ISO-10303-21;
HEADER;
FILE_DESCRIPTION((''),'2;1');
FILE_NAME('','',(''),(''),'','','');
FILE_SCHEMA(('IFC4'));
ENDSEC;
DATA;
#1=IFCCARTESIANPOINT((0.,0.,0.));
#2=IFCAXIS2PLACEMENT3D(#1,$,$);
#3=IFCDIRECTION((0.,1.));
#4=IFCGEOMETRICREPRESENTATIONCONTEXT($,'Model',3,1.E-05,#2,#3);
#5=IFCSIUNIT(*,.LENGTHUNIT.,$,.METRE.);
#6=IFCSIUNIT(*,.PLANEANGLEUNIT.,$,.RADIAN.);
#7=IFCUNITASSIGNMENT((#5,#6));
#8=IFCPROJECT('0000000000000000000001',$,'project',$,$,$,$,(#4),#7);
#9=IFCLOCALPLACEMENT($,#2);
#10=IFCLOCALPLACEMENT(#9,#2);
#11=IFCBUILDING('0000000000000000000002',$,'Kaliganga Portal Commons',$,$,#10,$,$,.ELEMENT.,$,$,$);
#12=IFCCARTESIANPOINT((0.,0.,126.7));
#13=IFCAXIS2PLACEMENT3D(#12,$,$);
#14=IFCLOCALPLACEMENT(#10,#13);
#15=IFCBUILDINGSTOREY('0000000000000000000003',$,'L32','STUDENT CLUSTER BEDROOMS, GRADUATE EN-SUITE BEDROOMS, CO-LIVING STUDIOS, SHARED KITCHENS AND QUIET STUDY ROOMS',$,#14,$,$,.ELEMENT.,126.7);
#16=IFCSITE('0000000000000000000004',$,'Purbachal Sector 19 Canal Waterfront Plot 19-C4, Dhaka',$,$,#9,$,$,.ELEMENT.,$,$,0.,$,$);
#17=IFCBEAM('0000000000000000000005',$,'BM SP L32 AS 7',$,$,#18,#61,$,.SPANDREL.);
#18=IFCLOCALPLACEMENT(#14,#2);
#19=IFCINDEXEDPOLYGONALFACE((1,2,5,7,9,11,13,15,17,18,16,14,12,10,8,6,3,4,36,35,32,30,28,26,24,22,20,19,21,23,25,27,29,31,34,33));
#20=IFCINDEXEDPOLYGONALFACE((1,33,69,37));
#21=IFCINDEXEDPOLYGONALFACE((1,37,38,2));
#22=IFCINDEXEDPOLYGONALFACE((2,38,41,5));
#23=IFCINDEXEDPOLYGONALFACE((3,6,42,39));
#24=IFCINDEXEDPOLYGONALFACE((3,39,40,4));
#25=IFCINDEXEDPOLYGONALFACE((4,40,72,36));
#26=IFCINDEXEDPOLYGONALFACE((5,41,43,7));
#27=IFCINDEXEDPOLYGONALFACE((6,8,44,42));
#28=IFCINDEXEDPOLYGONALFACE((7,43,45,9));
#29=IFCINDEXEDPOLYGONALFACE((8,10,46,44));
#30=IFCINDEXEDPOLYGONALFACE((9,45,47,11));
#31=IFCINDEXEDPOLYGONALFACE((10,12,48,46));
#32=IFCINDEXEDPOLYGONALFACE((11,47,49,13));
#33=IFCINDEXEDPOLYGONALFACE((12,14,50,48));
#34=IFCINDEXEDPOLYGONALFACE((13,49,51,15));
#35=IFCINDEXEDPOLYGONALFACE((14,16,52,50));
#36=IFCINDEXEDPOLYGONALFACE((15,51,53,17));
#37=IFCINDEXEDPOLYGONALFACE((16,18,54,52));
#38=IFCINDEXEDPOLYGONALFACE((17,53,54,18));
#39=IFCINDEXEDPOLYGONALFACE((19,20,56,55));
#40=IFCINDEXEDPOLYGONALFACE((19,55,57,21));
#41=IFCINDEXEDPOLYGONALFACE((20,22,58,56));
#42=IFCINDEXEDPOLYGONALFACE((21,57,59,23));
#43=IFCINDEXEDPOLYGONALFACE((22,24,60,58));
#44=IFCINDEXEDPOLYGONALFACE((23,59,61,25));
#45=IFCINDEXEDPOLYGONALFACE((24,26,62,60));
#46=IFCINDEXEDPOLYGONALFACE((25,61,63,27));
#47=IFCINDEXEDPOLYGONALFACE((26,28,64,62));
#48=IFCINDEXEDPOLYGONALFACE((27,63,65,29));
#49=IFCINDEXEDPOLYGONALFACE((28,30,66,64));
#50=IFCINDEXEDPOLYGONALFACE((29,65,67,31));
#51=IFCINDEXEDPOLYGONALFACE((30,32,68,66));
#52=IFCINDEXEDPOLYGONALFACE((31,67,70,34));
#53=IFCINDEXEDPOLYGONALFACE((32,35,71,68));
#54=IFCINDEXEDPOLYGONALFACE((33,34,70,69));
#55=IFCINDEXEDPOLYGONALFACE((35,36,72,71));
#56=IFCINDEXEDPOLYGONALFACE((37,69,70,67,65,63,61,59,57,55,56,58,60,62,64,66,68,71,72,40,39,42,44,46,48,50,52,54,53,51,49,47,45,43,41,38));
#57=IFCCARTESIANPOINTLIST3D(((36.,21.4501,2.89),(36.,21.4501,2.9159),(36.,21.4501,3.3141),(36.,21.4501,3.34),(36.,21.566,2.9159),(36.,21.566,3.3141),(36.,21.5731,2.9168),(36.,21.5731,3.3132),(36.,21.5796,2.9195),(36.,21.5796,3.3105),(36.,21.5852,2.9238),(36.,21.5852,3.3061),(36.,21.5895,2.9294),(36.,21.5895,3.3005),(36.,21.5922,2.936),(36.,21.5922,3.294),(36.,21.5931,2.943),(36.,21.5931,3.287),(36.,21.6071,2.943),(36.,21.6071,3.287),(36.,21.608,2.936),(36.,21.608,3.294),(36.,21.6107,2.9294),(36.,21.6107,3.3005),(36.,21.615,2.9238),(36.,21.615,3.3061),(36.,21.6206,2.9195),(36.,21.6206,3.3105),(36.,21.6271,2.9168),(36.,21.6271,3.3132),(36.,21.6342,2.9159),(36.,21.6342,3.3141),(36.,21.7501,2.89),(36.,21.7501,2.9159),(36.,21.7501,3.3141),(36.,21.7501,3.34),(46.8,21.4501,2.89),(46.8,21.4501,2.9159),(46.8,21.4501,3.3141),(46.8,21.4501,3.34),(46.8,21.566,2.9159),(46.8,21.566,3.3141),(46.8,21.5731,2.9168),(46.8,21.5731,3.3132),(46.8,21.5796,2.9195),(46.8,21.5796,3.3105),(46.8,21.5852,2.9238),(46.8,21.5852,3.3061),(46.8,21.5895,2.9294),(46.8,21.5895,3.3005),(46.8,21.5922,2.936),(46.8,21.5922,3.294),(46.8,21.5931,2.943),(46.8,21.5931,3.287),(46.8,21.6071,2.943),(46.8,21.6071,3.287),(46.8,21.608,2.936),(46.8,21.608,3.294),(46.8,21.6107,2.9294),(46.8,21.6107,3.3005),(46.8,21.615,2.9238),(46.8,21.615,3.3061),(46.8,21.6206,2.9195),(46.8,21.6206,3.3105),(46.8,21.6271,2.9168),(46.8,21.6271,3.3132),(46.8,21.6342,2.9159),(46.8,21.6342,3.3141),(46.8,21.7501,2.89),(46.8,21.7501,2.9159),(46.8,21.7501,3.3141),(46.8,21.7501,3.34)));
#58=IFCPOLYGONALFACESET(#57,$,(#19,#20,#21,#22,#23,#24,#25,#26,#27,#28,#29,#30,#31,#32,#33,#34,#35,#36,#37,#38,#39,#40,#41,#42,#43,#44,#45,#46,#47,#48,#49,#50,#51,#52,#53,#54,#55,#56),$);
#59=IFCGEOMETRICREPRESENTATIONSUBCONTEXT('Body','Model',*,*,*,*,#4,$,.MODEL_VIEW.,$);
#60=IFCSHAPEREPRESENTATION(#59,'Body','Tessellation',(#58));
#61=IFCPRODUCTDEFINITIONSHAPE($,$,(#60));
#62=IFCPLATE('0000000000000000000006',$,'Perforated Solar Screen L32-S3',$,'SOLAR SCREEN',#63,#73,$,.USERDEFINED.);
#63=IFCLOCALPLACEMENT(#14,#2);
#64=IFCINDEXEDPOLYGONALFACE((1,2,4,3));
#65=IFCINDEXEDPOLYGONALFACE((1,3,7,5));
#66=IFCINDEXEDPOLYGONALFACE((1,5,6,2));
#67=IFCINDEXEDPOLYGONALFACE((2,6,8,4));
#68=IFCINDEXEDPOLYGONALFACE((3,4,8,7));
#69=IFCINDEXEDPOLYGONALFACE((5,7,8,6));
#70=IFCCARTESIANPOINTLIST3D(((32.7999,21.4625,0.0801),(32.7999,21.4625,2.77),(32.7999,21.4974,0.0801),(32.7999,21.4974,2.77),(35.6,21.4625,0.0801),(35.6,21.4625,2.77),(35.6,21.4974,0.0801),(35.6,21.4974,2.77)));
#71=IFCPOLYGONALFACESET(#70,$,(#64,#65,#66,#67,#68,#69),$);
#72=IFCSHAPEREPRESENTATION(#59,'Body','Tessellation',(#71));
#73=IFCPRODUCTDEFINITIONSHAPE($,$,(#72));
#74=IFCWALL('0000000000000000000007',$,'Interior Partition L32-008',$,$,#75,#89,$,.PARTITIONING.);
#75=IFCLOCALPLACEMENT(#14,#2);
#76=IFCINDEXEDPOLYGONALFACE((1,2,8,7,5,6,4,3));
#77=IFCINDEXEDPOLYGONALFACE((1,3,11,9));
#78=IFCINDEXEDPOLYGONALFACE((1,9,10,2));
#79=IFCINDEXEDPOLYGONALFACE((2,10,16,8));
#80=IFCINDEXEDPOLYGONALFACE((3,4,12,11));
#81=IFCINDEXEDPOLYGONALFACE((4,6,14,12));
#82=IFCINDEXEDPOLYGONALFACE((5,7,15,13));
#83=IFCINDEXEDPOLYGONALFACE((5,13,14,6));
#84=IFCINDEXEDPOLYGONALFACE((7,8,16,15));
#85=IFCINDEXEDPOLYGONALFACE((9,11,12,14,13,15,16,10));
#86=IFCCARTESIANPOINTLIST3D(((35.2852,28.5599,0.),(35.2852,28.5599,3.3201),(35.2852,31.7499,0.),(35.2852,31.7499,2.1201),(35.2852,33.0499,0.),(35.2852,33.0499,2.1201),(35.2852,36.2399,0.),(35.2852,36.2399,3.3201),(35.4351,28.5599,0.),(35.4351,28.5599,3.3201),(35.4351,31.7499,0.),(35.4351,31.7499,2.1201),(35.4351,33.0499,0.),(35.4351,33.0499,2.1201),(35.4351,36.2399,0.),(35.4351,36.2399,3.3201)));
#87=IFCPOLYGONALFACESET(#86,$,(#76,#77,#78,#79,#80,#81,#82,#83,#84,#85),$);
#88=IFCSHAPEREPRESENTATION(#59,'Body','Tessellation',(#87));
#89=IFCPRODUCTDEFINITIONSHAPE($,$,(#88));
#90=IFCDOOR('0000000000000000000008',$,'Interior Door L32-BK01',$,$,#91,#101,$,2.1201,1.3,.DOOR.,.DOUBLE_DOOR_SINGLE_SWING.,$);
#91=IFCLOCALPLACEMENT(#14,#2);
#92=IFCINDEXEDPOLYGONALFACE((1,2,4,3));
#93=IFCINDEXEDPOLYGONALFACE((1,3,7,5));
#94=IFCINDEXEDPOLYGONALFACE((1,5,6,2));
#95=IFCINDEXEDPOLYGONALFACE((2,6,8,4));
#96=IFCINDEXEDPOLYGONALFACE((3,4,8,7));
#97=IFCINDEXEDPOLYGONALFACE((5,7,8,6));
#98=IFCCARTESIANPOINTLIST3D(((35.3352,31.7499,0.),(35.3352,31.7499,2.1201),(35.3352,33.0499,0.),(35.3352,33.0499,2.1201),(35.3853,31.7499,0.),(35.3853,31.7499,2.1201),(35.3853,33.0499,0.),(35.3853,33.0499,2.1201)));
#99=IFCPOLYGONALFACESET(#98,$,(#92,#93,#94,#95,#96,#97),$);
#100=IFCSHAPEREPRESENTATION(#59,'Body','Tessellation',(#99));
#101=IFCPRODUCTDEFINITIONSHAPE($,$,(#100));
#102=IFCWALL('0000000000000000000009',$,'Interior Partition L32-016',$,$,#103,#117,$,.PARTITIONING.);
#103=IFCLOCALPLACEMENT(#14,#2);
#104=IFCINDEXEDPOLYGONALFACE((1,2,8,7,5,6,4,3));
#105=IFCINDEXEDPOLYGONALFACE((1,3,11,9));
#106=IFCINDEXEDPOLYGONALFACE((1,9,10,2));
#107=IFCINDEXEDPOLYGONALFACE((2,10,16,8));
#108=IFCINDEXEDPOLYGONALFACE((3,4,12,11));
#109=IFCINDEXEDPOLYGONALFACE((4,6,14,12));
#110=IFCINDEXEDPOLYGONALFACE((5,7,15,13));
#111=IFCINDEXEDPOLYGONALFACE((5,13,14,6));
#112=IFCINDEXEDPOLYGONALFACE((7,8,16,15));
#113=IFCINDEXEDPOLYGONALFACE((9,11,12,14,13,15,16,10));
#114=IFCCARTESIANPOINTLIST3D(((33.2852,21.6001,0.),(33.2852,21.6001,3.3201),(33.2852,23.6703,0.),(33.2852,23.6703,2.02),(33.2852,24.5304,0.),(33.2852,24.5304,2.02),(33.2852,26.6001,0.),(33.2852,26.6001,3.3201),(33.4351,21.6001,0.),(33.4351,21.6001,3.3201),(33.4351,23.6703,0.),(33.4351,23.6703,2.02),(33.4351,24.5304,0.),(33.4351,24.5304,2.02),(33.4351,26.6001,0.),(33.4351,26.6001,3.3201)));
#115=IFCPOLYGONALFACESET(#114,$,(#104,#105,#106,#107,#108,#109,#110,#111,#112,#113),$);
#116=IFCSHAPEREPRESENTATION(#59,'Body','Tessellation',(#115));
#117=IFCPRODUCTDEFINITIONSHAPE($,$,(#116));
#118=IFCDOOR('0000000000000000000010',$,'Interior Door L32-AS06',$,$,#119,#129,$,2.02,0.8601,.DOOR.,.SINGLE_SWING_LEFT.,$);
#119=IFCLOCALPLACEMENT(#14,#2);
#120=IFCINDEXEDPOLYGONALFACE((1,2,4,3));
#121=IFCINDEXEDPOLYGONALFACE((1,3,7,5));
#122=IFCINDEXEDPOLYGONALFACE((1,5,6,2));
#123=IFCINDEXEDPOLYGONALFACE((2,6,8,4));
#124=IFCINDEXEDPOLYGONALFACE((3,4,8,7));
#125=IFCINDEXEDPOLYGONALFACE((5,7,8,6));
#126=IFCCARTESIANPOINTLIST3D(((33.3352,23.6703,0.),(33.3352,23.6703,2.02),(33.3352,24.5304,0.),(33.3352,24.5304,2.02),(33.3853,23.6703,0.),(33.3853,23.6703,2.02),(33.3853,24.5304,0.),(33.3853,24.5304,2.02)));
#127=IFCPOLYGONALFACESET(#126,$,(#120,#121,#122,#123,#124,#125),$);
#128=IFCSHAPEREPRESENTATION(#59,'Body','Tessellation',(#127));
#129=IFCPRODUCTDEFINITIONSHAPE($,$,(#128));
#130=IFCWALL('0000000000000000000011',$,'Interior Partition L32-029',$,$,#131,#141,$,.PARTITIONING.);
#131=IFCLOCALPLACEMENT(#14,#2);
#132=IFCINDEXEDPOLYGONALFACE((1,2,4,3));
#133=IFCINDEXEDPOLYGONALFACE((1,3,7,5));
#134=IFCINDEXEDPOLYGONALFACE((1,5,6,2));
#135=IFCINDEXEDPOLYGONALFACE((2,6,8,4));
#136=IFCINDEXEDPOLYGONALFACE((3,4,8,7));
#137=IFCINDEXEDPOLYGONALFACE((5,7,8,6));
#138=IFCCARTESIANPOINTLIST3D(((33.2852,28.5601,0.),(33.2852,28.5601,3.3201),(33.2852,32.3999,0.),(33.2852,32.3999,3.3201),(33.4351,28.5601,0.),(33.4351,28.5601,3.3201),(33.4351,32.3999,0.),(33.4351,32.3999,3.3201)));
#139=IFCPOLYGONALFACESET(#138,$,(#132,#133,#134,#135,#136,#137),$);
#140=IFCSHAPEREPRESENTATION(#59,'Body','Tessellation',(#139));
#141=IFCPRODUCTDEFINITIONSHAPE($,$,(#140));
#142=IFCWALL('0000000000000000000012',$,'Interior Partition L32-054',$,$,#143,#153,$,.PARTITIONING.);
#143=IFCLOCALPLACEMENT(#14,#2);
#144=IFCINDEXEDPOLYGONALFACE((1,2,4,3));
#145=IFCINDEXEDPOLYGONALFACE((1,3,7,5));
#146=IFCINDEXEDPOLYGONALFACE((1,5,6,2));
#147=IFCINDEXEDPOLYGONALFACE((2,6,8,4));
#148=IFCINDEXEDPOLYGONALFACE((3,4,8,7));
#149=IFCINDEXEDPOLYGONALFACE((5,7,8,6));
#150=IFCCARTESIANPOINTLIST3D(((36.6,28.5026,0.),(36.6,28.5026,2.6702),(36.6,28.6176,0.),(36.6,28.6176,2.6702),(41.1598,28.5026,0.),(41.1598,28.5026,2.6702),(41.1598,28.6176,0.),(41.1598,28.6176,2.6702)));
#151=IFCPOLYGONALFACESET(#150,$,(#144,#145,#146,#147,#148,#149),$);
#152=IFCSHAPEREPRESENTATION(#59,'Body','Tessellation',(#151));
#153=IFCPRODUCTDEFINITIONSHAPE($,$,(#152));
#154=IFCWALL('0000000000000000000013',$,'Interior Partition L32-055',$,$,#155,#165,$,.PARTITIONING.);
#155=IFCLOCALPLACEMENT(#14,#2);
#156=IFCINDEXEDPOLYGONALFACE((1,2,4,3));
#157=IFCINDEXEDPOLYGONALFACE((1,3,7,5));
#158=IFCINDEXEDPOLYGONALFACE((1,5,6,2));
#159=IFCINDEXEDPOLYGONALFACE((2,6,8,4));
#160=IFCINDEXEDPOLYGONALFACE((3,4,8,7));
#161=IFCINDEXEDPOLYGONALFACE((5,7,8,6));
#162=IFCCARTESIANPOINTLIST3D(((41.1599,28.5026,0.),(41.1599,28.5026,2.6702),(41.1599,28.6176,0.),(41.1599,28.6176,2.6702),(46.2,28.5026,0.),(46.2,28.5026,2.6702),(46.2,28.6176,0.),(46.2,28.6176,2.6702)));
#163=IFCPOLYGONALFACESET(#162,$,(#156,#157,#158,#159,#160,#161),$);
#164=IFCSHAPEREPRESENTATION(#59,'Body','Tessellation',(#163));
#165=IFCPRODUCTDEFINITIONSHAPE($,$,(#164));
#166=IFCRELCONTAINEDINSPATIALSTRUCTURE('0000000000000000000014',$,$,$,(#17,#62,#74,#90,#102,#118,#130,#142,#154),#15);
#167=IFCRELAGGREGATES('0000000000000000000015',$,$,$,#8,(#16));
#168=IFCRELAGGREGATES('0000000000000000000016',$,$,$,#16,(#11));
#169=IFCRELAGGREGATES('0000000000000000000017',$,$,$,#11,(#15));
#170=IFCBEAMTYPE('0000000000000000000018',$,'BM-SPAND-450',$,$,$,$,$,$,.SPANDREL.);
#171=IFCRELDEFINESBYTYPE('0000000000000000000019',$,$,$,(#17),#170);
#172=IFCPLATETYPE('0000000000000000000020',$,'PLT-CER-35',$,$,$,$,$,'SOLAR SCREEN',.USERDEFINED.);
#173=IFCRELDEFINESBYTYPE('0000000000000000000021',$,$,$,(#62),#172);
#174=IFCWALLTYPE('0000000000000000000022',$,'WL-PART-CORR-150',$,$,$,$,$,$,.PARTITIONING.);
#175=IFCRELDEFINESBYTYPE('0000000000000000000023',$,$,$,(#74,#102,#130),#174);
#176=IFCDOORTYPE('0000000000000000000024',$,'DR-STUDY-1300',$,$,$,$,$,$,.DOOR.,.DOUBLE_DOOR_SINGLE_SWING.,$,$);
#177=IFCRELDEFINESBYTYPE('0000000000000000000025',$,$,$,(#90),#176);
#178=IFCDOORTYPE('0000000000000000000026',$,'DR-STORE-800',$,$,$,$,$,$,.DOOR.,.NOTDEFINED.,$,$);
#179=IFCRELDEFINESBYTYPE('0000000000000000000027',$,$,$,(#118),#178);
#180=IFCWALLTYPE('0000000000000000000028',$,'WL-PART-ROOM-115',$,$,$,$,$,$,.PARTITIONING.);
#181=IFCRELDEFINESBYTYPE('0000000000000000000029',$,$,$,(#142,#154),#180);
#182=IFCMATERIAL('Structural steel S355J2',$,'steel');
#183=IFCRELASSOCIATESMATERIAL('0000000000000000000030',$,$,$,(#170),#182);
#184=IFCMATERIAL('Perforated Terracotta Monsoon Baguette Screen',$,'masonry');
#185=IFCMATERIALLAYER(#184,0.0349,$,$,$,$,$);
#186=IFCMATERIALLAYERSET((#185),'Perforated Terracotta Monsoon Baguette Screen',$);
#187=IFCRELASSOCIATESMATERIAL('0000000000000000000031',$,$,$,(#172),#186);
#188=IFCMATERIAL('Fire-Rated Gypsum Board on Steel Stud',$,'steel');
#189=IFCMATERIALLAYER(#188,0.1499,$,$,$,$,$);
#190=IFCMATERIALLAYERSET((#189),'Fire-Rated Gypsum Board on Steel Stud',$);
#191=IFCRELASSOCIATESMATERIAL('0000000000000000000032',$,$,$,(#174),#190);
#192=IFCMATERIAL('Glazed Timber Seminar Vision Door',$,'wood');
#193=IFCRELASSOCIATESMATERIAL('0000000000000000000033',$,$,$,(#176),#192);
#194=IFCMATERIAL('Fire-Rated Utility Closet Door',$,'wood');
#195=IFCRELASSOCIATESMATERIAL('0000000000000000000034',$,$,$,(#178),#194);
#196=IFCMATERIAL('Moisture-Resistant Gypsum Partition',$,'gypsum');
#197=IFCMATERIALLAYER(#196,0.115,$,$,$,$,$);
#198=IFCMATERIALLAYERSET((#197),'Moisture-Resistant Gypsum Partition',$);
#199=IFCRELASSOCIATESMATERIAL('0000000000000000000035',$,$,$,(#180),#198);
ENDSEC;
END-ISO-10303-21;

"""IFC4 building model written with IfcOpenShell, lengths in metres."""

from ifc_helpers import new_model, si_unit, direction, frame, frame_2d, origin, origin_2d, place, context, subcontext, project, spatial, rectangle, i_section, extrude, source, transform, mapped, material, layer, layer_set, material_profile, profile_set, type_object, element, fill, save


model = new_model("IFC4")

# Units and contexts
model_context = context("Model", 3, precision=1e-05, world=origin(), true_north=direction((0.0, 1.0)))
body_context = subcontext(model_context, "Body", "Model", "MODEL_VIEW")
ifc_project = project(units=[si_unit("LENGTHUNIT", "METRE"), si_unit("PLANEANGLEUNIT", "RADIAN")], contexts=[model_context])

# Site, building, storey
site_placement = place(None, origin())
site = spatial("IfcSite", under=ifc_project, at=site_placement, Name="Purbachal Sector 19 Canal Waterfront Plot 19-C4, Dhaka", CompositionType="ELEMENT", RefElevation=0.0)
building_placement = place(site_placement, origin())
building = spatial("IfcBuilding", under=site, at=building_placement, Name="Kaliganga Portal Commons", CompositionType="ELEMENT")
storey_placement = place(building_placement, frame((0.0, 0.0, 126.7)))
storey = spatial("IfcBuildingStorey", under=building, at=storey_placement, Name="L32", Description="STUDENT CLUSTER BEDROOMS, GRADUATE EN-SUITE BEDROOMS, CO-LIVING STUDIOS, SHARED KITCHENS AND QUIET STUDY ROOMS", CompositionType="ELEMENT", Elevation=126.7)

# Beam
ifc_material_1 = material(Name="Structural steel S355J2", Category="steel")
ifc_material_profile_1 = material_profile(ifc_material_1, i_section(OverallWidth=0.3, OverallDepth=0.45, WebThickness=0.0139, FlangeThickness=0.0259, FilletRadius=0.0271, at=origin_2d()), Name="HE 450 B")
ifc_profile_set_1 = profile_set([ifc_material_profile_1], Name="Structural steel S355J2 wide-flange")
beam_type_1 = type_object("IfcBeamType", Name="BM-SPAND-450", PredefinedType="SPANDREL", material=ifc_profile_set_1)
shared_shape_1 = source(origin(), body_context, "Body", "SweptSolid", [
    extrude(i_section(OverallWidth=0.3, OverallDepth=0.45, WebThickness=0.0139, FlangeThickness=0.0259, FilletRadius=0.0271, at=origin_2d()), origin(), (0.0, 0.0, 1.0), 10.8),
])
beam_1_placement = place(storey_placement, frame((36.0, 21.6001, 3.115), z_axis=(1.0, 0.0, 0.0), x_axis=(0.0, 1.0, 0.0)))
element("IfcBeam", 1, at=beam_1_placement, inside=storey, type_object=beam_type_1, Name="BM SP L32 AS 7", PredefinedType="SPANDREL", context=body_context, shape_type="MappedRepresentation", body=[
    mapped(shared_shape_1, transform((0.0, 0.0, 0.0), x_axis=(1.0, 0.0, 0.0), y_axis=(0.0, 1.0, 0.0), z_axis=(0.0, 0.0, 1.0), scale=1.0)),
])

# Plate
ifc_material_2 = material(Name="Perforated Terracotta Monsoon Baguette Screen", Category="masonry")
ifc_layer_1 = layer(ifc_material_2, 0.0349)
ifc_layer_set_1 = layer_set([ifc_layer_1], Name="Perforated Terracotta Monsoon Baguette Screen")
plate_type = type_object("IfcPlateType", Name="PLT-CER-35", ElementType="SOLAR SCREEN", PredefinedType="USERDEFINED", material=ifc_layer_set_1)
shared_shape_2 = source(origin(), body_context, "Body", "SweptSolid", [
    extrude(rectangle(XDim=2.8, YDim=0.0349, at=origin_2d()), origin(), (0.0, 0.0, 1.0), 2.6899),
])
plate_placement = place(storey_placement, frame((34.2, 21.48, 0.0801), z_axis=(0.0, 0.0, 1.0), x_axis=(1.0, 0.0, 0.0)))
element("IfcPlate", 2, at=plate_placement, inside=storey, type_object=plate_type, Name="Perforated Solar Screen L32-S3", ObjectType="SOLAR SCREEN", PredefinedType="USERDEFINED", context=body_context, shape_type="MappedRepresentation", body=[
    mapped(shared_shape_2, transform((0.0, 0.0, 0.0), x_axis=(1.0, 0.0, 0.0), y_axis=(0.0, 1.0, 0.0), z_axis=(0.0, 0.0, 1.0), scale=1.0)),
])

# Walls, openings, doors
ifc_material_3 = material(Name="Fire-Rated Gypsum Board on Steel Stud", Category="steel")
ifc_layer_2 = layer(ifc_material_3, 0.1499)
ifc_layer_set_2 = layer_set([ifc_layer_2], Name="Fire-Rated Gypsum Board on Steel Stud")
wall_type_1 = type_object("IfcWallType", Name="WL-PART-CORR-150", PredefinedType="PARTITIONING", material=ifc_layer_set_2)
wall_1_placement = place(storey_placement, frame((35.3601, 28.5601, 0.0), z_axis=(0.0, 0.0, 1.0), x_axis=(0.0, 1.0, 0.0)))
wall_1 = element("IfcWall", 3, at=wall_1_placement, inside=storey, type_object=wall_type_1, Name="Interior Partition L32-008", PredefinedType="PARTITIONING", context=body_context, shape_type="SweptSolid", body=[
    extrude(rectangle(XDim=7.6799, YDim=0.1499, at=frame_2d((3.8398, 0.0))), origin(), (0.0, 0.0, 1.0), 3.3201),
])
opening_1_placement = place(wall_1_placement, frame((3.1899, 0.0, 0.0)))
opening_1 = element("IfcOpeningElement", 4, at=opening_1_placement, cuts=wall_1, PredefinedType="OPENING", context=body_context, shape_type="SweptSolid", body=[
    extrude(rectangle(XDim=1.3, YDim=2.1201, at=frame_2d((0.6499, 1.0601))), frame((0.0, 0.085, 0.0), z_axis=(0.0, -1.0, 0.0), x_axis=(1.0, 0.0, 0.0)), (0.0, 0.0, 1.0), 0.1699),
])
ifc_material_4 = material(Name="Glazed Timber Seminar Vision Door", Category="wood")
door_type_1 = type_object("IfcDoorType", Name="DR-STUDY-1300", OperationType="DOUBLE_DOOR_SINGLE_SWING", PredefinedType="DOOR", material=ifc_material_4)
door_1_placement = place(opening_1_placement, origin())
door_1 = element("IfcDoor", 5, at=door_1_placement, inside=storey, type_object=door_type_1, Name="Interior Door L32-BK01", OperationType="DOUBLE_DOOR_SINGLE_SWING", OverallHeight=2.1201, OverallWidth=1.3, PredefinedType="DOOR", context=body_context, shape_type="SweptSolid", body=[
    extrude(rectangle(XDim=1.3, YDim=2.1201, at=frame_2d((0.6499, 1.0601))), frame((0.0, 0.0249, 0.0), z_axis=(0.0, -1.0, 0.0), x_axis=(1.0, 0.0, 0.0)), (0.0, 0.0, 1.0), 0.05),
])
fill(opening_1, door_1)
wall_2_placement = place(storey_placement, frame((33.3601, 21.6001, 0.0), z_axis=(0.0, 0.0, 1.0), x_axis=(0.0, 1.0, 0.0)))
wall_2 = element("IfcWall", 6, at=wall_2_placement, inside=storey, type_object=wall_type_1, Name="Interior Partition L32-016", PredefinedType="PARTITIONING", context=body_context, shape_type="SweptSolid", body=[
    extrude(rectangle(XDim=5.0, YDim=0.1499, at=frame_2d((2.5, 0.0))), origin(), (0.0, 0.0, 1.0), 3.3201),
])
opening_2_placement = place(wall_2_placement, frame((2.0701, 0.0, 0.0)))
opening_2 = element("IfcOpeningElement", 7, at=opening_2_placement, cuts=wall_2, PredefinedType="OPENING", context=body_context, shape_type="SweptSolid", body=[
    extrude(rectangle(XDim=0.8601, YDim=2.02, at=frame_2d((0.4302, 1.01))), frame((0.0, 0.085, 0.0), z_axis=(0.0, -1.0, 0.0), x_axis=(1.0, 0.0, 0.0)), (0.0, 0.0, 1.0), 0.1699),
])
ifc_material_5 = material(Name="Fire-Rated Utility Closet Door", Category="wood")
door_type_2 = type_object("IfcDoorType", Name="DR-STORE-800", OperationType="NOTDEFINED", PredefinedType="DOOR", material=ifc_material_5)
door_2_placement = place(opening_2_placement, origin())
door_2 = element("IfcDoor", 8, at=door_2_placement, inside=storey, type_object=door_type_2, Name="Interior Door L32-AS06", OperationType="SINGLE_SWING_LEFT", OverallHeight=2.02, OverallWidth=0.8601, PredefinedType="DOOR", context=body_context, shape_type="SweptSolid", body=[
    extrude(rectangle(XDim=0.8601, YDim=2.02, at=frame_2d((0.4302, 1.01))), frame((0.0, 0.0249, 0.0), z_axis=(0.0, -1.0, 0.0), x_axis=(1.0, 0.0, 0.0)), (0.0, 0.0, 1.0), 0.05),
])
fill(opening_2, door_2)

# Walls
wall_3_placement = place(storey_placement, frame((33.3601, 28.5601, 0.0), z_axis=(0.0, 0.0, 1.0), x_axis=(0.0, 1.0, 0.0)))
element("IfcWall", 9, at=wall_3_placement, inside=storey, type_object=wall_type_1, Name="Interior Partition L32-029", PredefinedType="PARTITIONING", context=body_context, shape_type="SweptSolid", body=[
    extrude(rectangle(XDim=3.8398, YDim=0.1499, at=frame_2d((1.9199, 0.0))), origin(), (0.0, 0.0, 1.0), 3.3201),
])
ifc_material_6 = material(Name="Moisture-Resistant Gypsum Partition", Category="gypsum")
ifc_layer_3 = layer(ifc_material_6, 0.115)
ifc_layer_set_3 = layer_set([ifc_layer_3], Name="Moisture-Resistant Gypsum Partition")
wall_type_2 = type_object("IfcWallType", Name="WL-PART-ROOM-115", PredefinedType="PARTITIONING", material=ifc_layer_set_3)
wall_4_placement = place(storey_placement, frame((36.6001, 28.5601, 0.0), z_axis=(0.0, 0.0, 1.0), x_axis=(1.0, 0.0, 0.0)))
element("IfcWall", 10, at=wall_4_placement, inside=storey, type_object=wall_type_2, Name="Interior Partition L32-054", PredefinedType="PARTITIONING", context=body_context, shape_type="SweptSolid", body=[
    extrude(rectangle(XDim=4.5598, YDim=0.115, at=frame_2d((2.2798, 0.0))), origin(), (0.0, 0.0, 1.0), 2.6702),
])
wall_5_placement = place(storey_placement, frame((41.1599, 28.5601, 0.0), z_axis=(0.0, 0.0, 1.0), x_axis=(1.0, 0.0, 0.0)))
element("IfcWall", 11, at=wall_5_placement, inside=storey, type_object=wall_type_2, Name="Interior Partition L32-055", PredefinedType="PARTITIONING", context=body_context, shape_type="SweptSolid", body=[
    extrude(rectangle(XDim=5.04, YDim=0.115, at=frame_2d((2.52, 0.0))), origin(), (0.0, 0.0, 1.0), 2.6702),
])

save(model, "model.ifc")
